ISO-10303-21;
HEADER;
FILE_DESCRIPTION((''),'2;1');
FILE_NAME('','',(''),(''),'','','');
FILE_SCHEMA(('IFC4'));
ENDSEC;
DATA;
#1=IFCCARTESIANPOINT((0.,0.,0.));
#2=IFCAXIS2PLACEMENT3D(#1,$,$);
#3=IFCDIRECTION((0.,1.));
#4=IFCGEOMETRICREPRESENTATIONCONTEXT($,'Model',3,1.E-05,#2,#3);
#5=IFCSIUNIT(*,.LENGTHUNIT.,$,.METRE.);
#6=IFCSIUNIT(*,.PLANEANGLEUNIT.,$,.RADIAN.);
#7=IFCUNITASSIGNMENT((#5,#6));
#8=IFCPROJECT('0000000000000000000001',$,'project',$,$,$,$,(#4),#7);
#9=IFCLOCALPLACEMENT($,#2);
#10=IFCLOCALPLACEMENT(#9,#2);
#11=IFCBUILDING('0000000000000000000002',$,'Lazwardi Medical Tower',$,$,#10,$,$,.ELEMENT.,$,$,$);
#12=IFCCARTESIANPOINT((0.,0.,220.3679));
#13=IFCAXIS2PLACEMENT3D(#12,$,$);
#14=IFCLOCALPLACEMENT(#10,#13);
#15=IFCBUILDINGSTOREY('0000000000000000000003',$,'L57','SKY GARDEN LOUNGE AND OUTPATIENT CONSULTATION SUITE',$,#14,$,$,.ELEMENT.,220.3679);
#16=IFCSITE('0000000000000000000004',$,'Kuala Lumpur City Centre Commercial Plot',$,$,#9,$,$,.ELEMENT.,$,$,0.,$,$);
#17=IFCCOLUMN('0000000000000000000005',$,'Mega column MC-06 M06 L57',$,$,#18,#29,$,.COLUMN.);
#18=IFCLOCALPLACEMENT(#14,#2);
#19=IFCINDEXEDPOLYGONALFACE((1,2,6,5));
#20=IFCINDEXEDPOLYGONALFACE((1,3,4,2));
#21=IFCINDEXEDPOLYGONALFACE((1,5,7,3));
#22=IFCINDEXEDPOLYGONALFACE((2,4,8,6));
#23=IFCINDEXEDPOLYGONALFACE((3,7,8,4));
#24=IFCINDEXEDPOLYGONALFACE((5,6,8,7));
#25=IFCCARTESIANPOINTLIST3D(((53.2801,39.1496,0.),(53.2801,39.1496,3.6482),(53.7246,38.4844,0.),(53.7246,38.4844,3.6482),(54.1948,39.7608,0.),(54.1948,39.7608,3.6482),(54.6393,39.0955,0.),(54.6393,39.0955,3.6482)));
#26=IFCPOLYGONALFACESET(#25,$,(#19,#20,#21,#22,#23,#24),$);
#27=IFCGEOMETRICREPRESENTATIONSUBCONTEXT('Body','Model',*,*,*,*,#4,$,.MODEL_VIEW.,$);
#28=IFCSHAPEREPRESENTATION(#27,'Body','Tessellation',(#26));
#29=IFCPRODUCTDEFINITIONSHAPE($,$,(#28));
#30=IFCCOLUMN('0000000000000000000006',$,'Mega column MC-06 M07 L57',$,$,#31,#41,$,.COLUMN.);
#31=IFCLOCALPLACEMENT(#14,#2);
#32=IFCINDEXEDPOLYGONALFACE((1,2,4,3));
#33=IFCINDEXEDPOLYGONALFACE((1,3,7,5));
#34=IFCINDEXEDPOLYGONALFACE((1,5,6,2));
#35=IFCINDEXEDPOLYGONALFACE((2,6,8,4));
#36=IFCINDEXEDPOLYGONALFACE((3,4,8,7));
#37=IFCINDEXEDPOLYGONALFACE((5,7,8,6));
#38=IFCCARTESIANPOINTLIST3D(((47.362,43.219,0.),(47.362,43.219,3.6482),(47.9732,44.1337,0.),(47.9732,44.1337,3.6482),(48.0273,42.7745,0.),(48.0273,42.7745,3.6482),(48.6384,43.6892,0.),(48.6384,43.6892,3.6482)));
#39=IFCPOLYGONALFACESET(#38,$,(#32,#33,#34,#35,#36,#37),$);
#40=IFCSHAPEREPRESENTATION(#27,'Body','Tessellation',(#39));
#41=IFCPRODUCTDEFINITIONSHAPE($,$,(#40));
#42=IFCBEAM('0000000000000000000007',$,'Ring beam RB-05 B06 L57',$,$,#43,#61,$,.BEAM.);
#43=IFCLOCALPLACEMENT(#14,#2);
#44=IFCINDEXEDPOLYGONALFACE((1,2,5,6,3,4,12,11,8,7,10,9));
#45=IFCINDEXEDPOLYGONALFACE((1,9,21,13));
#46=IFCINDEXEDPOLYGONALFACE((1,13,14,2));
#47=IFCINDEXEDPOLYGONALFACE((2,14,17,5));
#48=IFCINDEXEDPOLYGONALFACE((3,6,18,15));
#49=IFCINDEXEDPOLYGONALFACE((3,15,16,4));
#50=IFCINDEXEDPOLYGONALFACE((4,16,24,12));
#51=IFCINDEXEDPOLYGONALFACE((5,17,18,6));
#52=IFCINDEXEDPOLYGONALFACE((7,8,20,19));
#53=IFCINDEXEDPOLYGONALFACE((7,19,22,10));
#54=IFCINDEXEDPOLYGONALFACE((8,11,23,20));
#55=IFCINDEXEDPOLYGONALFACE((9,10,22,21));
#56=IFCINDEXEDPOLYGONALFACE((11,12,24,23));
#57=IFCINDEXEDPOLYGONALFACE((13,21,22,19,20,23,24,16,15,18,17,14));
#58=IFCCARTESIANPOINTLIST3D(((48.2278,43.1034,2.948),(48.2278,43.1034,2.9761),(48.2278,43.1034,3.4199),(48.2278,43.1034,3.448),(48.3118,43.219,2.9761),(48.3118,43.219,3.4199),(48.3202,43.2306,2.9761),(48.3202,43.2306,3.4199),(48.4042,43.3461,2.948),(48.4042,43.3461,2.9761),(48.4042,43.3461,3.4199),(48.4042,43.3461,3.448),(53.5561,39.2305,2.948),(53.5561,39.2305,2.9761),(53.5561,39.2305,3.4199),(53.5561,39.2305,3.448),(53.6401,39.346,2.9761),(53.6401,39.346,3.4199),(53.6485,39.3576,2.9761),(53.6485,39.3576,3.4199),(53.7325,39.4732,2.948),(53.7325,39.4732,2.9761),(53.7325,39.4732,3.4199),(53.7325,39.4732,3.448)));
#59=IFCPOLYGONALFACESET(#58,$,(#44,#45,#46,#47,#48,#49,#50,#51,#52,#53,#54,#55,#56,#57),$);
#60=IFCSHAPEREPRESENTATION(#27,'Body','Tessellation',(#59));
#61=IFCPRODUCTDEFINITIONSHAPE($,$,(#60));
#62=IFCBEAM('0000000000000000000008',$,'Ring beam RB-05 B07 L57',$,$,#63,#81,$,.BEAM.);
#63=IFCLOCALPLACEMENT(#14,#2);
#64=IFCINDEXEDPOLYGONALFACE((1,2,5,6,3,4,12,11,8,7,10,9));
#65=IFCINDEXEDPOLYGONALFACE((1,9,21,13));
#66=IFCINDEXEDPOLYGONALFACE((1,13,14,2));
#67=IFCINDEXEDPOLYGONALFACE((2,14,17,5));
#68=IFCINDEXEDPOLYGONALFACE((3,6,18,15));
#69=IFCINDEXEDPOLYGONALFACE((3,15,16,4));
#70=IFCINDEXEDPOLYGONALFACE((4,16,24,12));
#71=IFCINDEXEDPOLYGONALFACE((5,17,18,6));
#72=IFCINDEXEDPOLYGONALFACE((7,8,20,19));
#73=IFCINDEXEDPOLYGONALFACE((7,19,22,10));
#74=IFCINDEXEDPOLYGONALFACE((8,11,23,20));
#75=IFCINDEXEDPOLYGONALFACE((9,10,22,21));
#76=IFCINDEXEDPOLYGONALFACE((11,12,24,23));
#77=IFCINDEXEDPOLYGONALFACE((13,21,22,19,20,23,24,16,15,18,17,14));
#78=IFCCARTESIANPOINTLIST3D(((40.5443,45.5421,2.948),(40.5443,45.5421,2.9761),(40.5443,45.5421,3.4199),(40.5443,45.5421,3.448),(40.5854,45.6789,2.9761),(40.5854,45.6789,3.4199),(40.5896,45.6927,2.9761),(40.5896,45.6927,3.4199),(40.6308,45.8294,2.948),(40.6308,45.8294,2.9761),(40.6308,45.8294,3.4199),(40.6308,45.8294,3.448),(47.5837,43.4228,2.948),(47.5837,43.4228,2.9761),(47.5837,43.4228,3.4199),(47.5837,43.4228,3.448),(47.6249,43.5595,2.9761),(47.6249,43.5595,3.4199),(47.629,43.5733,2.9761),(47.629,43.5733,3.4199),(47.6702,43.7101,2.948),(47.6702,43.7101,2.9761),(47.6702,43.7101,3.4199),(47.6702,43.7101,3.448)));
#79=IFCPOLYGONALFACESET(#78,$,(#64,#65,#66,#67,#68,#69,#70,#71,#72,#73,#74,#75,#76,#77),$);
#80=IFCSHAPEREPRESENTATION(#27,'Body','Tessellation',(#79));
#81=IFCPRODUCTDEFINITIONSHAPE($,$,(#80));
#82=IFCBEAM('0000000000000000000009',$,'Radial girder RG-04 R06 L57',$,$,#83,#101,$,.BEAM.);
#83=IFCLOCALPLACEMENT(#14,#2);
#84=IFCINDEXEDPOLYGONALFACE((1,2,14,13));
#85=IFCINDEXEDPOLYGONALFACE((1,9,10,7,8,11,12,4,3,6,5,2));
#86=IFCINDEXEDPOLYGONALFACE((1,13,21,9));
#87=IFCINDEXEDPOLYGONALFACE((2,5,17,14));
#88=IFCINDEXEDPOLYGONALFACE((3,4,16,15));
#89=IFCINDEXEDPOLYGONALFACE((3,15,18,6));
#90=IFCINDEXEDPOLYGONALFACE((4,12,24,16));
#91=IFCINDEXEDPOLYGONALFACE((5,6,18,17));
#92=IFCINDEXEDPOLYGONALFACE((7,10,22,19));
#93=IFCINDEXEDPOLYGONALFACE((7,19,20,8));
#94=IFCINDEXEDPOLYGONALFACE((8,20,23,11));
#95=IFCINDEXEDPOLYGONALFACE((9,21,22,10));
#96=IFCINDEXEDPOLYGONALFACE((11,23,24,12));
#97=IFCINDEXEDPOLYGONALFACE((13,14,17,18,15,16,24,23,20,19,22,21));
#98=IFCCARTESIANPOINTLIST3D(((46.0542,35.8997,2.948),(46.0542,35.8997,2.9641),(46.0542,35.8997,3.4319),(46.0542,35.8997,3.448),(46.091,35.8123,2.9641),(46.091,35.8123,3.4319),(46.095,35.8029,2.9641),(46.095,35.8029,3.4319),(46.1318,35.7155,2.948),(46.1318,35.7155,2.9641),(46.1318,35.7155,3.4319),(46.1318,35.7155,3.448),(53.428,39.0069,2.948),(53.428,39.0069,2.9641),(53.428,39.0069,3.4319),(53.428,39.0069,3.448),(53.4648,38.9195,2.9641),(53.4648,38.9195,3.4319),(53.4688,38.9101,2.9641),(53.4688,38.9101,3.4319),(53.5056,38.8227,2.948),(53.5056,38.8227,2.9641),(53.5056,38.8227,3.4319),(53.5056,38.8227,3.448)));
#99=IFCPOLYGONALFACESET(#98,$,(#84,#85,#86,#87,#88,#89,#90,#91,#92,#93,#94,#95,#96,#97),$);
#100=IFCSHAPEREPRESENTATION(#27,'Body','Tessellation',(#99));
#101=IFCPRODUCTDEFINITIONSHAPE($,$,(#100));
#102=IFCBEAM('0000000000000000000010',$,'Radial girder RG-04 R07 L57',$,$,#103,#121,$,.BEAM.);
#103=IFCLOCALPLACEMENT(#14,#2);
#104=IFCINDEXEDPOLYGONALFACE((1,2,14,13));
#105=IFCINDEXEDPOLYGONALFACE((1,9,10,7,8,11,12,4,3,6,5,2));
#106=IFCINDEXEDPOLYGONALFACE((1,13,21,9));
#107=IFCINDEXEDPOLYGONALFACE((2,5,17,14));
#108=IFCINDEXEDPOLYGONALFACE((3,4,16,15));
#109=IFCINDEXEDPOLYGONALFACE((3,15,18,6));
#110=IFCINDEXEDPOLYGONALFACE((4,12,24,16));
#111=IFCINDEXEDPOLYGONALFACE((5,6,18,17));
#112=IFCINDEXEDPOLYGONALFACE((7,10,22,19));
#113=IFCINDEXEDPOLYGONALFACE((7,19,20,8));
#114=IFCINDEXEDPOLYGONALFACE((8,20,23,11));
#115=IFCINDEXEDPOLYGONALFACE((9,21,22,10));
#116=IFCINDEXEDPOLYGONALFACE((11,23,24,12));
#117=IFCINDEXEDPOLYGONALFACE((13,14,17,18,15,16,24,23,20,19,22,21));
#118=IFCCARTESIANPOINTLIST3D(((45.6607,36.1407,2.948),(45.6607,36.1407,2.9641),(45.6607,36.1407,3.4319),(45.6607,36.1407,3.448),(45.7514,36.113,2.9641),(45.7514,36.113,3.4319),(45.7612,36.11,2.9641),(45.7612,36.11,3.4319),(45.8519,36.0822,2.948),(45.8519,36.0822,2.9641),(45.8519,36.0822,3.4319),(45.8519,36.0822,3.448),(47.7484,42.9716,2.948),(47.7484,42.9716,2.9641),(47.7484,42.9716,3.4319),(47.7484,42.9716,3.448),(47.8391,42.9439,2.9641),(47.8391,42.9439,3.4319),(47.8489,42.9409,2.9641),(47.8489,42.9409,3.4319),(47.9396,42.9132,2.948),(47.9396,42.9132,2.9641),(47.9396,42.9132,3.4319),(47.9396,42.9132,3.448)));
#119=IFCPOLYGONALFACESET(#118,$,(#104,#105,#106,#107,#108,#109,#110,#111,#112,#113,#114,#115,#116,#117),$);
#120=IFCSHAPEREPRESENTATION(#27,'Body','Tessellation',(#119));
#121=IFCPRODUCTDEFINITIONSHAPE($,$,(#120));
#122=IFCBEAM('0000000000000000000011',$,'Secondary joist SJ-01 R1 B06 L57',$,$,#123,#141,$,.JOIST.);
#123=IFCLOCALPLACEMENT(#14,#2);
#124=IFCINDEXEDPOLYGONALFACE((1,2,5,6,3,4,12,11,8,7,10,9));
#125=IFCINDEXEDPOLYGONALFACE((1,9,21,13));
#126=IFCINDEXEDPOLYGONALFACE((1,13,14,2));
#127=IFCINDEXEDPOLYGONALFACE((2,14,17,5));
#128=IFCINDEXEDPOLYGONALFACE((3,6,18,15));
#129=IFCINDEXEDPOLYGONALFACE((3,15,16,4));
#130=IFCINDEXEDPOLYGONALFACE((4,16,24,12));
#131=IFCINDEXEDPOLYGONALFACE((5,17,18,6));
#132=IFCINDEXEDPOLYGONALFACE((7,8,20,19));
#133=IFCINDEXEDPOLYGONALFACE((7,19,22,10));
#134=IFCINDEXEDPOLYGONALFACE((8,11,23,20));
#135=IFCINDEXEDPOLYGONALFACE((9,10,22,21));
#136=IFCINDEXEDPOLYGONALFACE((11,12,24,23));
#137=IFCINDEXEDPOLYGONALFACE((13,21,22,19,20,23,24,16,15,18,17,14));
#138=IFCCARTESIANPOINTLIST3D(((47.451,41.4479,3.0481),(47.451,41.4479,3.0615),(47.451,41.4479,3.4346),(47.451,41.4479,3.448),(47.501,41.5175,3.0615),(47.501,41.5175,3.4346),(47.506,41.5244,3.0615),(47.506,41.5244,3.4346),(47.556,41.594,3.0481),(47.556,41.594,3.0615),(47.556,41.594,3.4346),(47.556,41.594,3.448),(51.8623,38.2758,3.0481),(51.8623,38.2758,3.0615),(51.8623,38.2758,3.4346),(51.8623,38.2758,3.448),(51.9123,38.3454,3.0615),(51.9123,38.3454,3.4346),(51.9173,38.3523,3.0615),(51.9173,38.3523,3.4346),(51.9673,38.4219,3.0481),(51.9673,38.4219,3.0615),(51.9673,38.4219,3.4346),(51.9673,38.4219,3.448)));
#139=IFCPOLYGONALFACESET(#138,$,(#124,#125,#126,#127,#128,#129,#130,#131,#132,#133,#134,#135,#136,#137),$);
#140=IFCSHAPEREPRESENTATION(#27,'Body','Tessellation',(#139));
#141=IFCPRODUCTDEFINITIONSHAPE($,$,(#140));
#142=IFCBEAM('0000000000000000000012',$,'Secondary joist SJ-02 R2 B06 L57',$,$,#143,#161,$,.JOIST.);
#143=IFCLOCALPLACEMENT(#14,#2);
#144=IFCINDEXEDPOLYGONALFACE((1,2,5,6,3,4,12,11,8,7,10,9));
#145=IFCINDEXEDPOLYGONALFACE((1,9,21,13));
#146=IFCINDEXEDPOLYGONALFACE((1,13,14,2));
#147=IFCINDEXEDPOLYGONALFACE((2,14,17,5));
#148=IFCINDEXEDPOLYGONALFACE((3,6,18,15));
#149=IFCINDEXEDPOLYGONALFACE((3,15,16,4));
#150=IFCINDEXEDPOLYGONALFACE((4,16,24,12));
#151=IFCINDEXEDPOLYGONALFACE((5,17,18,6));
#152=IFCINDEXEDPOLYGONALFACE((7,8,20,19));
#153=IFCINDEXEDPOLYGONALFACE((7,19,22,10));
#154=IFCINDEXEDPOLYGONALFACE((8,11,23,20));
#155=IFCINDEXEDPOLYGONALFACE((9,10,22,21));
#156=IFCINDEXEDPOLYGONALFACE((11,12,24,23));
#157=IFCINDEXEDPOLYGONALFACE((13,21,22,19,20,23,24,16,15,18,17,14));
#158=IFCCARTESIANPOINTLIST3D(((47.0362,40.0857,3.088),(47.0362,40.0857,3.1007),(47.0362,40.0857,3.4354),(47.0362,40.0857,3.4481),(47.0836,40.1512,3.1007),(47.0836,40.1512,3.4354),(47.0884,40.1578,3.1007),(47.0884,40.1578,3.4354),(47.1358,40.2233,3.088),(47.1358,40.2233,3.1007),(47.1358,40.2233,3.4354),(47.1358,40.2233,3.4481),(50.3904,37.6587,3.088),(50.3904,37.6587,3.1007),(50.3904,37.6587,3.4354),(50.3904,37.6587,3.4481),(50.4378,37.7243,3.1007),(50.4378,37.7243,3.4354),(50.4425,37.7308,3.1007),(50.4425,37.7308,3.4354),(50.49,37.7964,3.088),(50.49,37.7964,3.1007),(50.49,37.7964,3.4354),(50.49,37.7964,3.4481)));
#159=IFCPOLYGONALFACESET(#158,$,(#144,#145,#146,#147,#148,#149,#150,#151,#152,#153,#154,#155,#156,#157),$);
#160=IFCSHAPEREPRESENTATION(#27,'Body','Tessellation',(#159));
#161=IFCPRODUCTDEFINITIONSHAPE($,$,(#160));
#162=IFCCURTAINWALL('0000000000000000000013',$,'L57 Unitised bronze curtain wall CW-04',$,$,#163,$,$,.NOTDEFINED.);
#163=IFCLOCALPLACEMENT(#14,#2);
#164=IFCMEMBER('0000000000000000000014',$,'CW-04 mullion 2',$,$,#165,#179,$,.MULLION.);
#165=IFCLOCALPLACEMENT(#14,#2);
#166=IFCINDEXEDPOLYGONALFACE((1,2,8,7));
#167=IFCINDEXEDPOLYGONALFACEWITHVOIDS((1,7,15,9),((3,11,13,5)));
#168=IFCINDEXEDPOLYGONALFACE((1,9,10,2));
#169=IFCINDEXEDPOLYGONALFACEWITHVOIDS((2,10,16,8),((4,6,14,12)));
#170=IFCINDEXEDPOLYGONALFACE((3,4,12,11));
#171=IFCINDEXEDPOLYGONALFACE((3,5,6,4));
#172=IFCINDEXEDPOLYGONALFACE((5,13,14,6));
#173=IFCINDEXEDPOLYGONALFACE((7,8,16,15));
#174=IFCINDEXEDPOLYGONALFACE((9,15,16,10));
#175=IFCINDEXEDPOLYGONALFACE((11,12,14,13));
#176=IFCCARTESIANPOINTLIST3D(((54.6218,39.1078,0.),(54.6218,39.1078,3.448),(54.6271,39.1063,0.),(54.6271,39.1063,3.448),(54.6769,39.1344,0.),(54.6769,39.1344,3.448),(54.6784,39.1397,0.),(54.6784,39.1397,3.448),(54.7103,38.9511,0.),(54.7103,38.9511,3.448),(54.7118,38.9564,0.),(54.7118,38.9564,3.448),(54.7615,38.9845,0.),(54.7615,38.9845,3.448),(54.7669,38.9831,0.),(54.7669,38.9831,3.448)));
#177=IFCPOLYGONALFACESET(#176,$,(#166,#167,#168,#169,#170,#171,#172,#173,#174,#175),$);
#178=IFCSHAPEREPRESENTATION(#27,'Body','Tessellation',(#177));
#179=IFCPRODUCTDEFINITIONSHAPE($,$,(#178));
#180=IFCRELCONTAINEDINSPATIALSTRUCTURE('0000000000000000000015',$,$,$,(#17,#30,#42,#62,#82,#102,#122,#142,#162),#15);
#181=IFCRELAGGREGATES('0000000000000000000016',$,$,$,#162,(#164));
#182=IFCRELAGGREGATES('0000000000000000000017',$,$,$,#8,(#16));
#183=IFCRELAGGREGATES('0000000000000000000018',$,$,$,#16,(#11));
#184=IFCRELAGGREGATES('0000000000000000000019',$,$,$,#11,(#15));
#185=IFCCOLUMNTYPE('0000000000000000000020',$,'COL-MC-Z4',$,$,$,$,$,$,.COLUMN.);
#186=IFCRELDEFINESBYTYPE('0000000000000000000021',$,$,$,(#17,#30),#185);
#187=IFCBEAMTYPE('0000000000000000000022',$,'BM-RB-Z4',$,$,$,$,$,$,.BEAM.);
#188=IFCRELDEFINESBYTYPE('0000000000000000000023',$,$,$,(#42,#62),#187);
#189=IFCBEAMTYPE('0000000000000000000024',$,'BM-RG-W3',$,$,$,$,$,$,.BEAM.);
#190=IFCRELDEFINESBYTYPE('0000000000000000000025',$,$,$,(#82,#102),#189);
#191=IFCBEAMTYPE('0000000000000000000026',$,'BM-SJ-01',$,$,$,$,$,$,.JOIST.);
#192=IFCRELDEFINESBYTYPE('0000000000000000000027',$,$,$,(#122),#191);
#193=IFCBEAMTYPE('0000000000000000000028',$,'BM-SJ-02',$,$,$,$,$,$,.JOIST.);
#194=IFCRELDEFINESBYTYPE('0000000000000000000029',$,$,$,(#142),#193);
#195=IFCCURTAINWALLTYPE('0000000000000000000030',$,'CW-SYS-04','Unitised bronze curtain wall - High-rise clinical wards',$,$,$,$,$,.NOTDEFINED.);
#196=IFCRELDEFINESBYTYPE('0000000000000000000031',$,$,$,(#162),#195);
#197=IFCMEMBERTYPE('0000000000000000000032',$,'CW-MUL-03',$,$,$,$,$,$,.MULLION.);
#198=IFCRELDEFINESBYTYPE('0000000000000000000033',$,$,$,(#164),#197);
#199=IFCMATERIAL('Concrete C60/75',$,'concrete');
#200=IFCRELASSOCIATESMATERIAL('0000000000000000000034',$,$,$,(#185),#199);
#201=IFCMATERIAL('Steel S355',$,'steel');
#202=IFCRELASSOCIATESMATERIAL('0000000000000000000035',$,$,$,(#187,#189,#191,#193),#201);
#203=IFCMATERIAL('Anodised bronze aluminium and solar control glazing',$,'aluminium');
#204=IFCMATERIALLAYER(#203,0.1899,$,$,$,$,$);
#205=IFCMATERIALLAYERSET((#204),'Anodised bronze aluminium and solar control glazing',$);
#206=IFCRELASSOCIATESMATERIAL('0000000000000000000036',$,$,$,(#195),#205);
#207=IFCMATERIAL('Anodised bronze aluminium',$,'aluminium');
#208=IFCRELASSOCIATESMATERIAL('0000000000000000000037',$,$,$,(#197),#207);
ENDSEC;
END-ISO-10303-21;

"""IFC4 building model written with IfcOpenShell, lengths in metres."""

from ifc_helpers import new_model, si_unit, direction, frame, origin, origin_2d, place, context, subcontext, project, spatial, rectangle, hollow_rectangle, i_section, extrude, material, layer, layer_set, material_profile, profile_set, type_object, element, aggregate, save


model = new_model("IFC4")

# Units and contexts
model_context = context("Model", 3, precision=1e-05, world=origin(), true_north=direction((0.0, 1.0)))
body_context = subcontext(model_context, "Body", "Model", "MODEL_VIEW")
ifc_project = project(units=[si_unit("LENGTHUNIT", "METRE"), si_unit("PLANEANGLEUNIT", "RADIAN")], contexts=[model_context])

# Site, building, storey
site_placement = place(None, origin())
site = spatial("IfcSite", under=ifc_project, at=site_placement, Name="Kuala Lumpur City Centre Commercial Plot", CompositionType="ELEMENT", RefElevation=0.0)
building_placement = place(site_placement, origin())
building = spatial("IfcBuilding", under=site, at=building_placement, Name="Lazwardi Medical Tower", CompositionType="ELEMENT")
storey_placement = place(building_placement, frame((0.0, 0.0, 220.3679)))
storey = spatial("IfcBuildingStorey", under=building, at=storey_placement, Name="L57", Description="SKY GARDEN LOUNGE AND OUTPATIENT CONSULTATION SUITE", CompositionType="ELEMENT", Elevation=220.3679)

# Columns
ifc_material_1 = material(Name="Concrete C60/75", Category="concrete")
ifc_material_profile_1 = material_profile(ifc_material_1, rectangle(XDim=1.1001, YDim=0.8, at=origin_2d()), Name="CFT-RECT 1100x800")
ifc_profile_set_1 = profile_set([ifc_material_profile_1], Name="Concrete C60/75")
column_type = type_object("IfcColumnType", Name="COL-MC-Z4", PredefinedType="COLUMN", material=ifc_profile_set_1)
for number, where, z_axis, x_axis, name in (
    (1, (53.9597, 39.1226, 0.0), (0.0, 0.0, 1.0), (0.83147, 0.55557, 0.0), "Mega column MC-06 M06 L57"),
    (2, (48.0002, 43.4541, 0.0), (0.0, 0.0, 1.0), (0.55557, 0.83147, 0.0), "Mega column MC-06 M07 L57"),
):
    element("IfcColumn", number, at=place(storey_placement, frame(where, z_axis=z_axis, x_axis=x_axis)), inside=storey, type_object=column_type, Name=name, PredefinedType="COLUMN", context=body_context, shape_type="SweptSolid", body=[
        extrude(rectangle(XDim=1.1001, YDim=0.8, at=origin_2d()), origin(), (0.0, 0.0, 1.0), 3.6482),
    ])

# Beams
ifc_material_2 = material(Name="Steel S355", Category="steel")
ifc_material_profile_2 = material_profile(ifc_material_2, i_section(OverallWidth=0.3, OverallDepth=0.5, WebThickness=0.0144, FlangeThickness=0.0281, at=origin_2d()), Name="HEB 500")
ifc_profile_set_2 = profile_set([ifc_material_profile_2], Name="Steel S355")
beam_type_1 = type_object("IfcBeamType", Name="BM-RB-Z4", PredefinedType="BEAM", material=ifc_profile_set_2)
beam_1_placement = place(storey_placement, frame((53.6443, 39.3518, 3.198), z_axis=(-0.80889, 0.58796, 0.0), x_axis=(-0.58796, -0.80889, 0.0)))
element("IfcBeam", 3, at=beam_1_placement, inside=storey, type_object=beam_type_1, Name="Ring beam RB-05 B06 L57", PredefinedType="BEAM", context=body_context, shape_type="SweptSolid", body=[
    extrude(i_section(OverallWidth=0.3, OverallDepth=0.5, WebThickness=0.0144, FlangeThickness=0.0281, at=origin_2d()), origin(), (0.0, 0.0, 1.0), 6.5872),
])
beam_2_placement = place(storey_placement, frame((47.627, 43.5664, 3.198), z_axis=(-0.957544, 0.288286, 0.0), x_axis=(-0.288286, -0.957544, 0.0)))
element("IfcBeam", 4, at=beam_2_placement, inside=storey, type_object=beam_type_1, Name="Ring beam RB-05 B07 L57", PredefinedType="BEAM", context=body_context, shape_type="SweptSolid", body=[
    extrude(i_section(OverallWidth=0.3, OverallDepth=0.5, WebThickness=0.0144, FlangeThickness=0.0281, at=origin_2d()), origin(), (0.0, 0.0, 1.0), 7.3516),
])
ifc_material_profile_3 = material_profile(ifc_material_2, i_section(OverallWidth=0.2, OverallDepth=0.5, WebThickness=0.0103, FlangeThickness=0.0161, at=origin_2d()), Name="IPE 500")
ifc_profile_set_3 = profile_set([ifc_material_profile_3], Name="Steel S355")
beam_type_2 = type_object("IfcBeamType", Name="BM-RG-W3", PredefinedType="BEAM", material=ifc_profile_set_3)
beam_3_placement = place(storey_placement, frame((53.4668, 38.9148, 3.198), z_axis=(-0.921527, -0.388315, 0.0), x_axis=(0.388315, -0.921527, 0.0)))
element("IfcBeam", 5, at=beam_3_placement, inside=storey, type_object=beam_type_2, Name="Radial girder RG-04 R06 L57", PredefinedType="BEAM", context=body_context, shape_type="SweptSolid", body=[
    extrude(i_section(OverallWidth=0.2, OverallDepth=0.5, WebThickness=0.0103, FlangeThickness=0.0161, at=origin_2d()), origin(), (0.0, 0.0, 1.0), 8.0017),
])
beam_4_placement = place(storey_placement, frame((47.844, 42.9424, 3.198), z_axis=(-0.292277, -0.956334, 0.0), x_axis=(0.956334, -0.292277, 0.0)))
element("IfcBeam", 6, at=beam_4_placement, inside=storey, type_object=beam_type_2, Name="Radial girder RG-04 R07 L57", PredefinedType="BEAM", context=body_context, shape_type="SweptSolid", body=[
    extrude(i_section(OverallWidth=0.2, OverallDepth=0.5, WebThickness=0.0103, FlangeThickness=0.0161, at=origin_2d()), origin(), (0.0, 0.0, 1.0), 7.1428),
])
ifc_material_profile_4 = material_profile(ifc_material_2, i_section(OverallWidth=0.1799, OverallDepth=0.3999, WebThickness=0.0085, FlangeThickness=0.0134, at=origin_2d()), Name="IPE 400")
ifc_profile_set_4 = profile_set([ifc_material_profile_4], Name="Steel S355")
beam_type_3 = type_object("IfcBeamType", Name="BM-SJ-01", PredefinedType="JOIST", material=ifc_profile_set_4)
beam_5_placement = place(storey_placement, frame((51.9148, 38.3489, 3.248), z_axis=(-0.81189, 0.583811, 0.0), x_axis=(-0.583811, -0.81189, 0.0)))
element("IfcBeam", 7, at=beam_5_placement, inside=storey, type_object=beam_type_3, Name="Secondary joist SJ-01 R1 B06 L57", PredefinedType="JOIST", context=body_context, shape_type="SweptSolid", body=[
    extrude(i_section(OverallWidth=0.1799, OverallDepth=0.3999, WebThickness=0.0085, FlangeThickness=0.0134, at=origin_2d()), origin(), (0.0, 0.0, 1.0), 5.4333),
])
ifc_material_profile_5 = material_profile(ifc_material_2, i_section(OverallWidth=0.1699, OverallDepth=0.3601, WebThickness=0.0081, FlangeThickness=0.0127, at=origin_2d()), Name="IPE 360")
ifc_profile_set_5 = profile_set([ifc_material_profile_5], Name="Steel S355")
beam_type_4 = type_object("IfcBeamType", Name="BM-SJ-02", PredefinedType="JOIST", material=ifc_profile_set_5)
beam_6_placement = place(storey_placement, frame((50.4402, 37.7275, 3.2681), z_axis=(-0.810164, 0.586203, 0.0), x_axis=(-0.586203, -0.810164, 0.0)))
element("IfcBeam", 8, at=beam_6_placement, inside=storey, type_object=beam_type_4, Name="Secondary joist SJ-02 R2 B06 L57", PredefinedType="JOIST", context=body_context, shape_type="SweptSolid", body=[
    extrude(i_section(OverallWidth=0.1699, OverallDepth=0.3601, WebThickness=0.0081, FlangeThickness=0.0127, at=origin_2d()), origin(), (0.0, 0.0, 1.0), 4.1401),
])

# Curtain wall, member
ifc_material_3 = material(Name="Anodised bronze aluminium and solar control glazing", Category="aluminium")
ifc_layer_1 = layer(ifc_material_3, 0.1899)
ifc_layer_set_1 = layer_set([ifc_layer_1], Name="Anodised bronze aluminium and solar control glazing")
curtain_wall_type = type_object("IfcCurtainWallType", Name="CW-SYS-04", Description="Unitised bronze curtain wall - High-rise clinical wards", PredefinedType="NOTDEFINED", material=ifc_layer_set_1)
curtain_wall_1_placement = place(storey_placement, origin())
curtain_wall_1 = element("IfcCurtainWall", 9, at=curtain_wall_1_placement, inside=storey, type_object=curtain_wall_type, Name="L57 Unitised bronze curtain wall CW-04", PredefinedType="NOTDEFINED")
ifc_material_4 = material(Name="Anodised bronze aluminium", Category="aluminium")
ifc_material_profile_6 = material_profile(ifc_material_4, hollow_rectangle(XDim=0.0649, YDim=0.1799, WallThickness=0.0039, at=origin_2d()), Name="ALU-MULLION 180x65x4")
ifc_profile_set_6 = profile_set([ifc_material_profile_6], Name="Anodised bronze aluminium")
member_type_1 = type_object("IfcMemberType", Name="CW-MUL-03", PredefinedType="MULLION", material=ifc_profile_set_6)
member_1_placement = place(storey_placement, frame((54.6943, 39.0454, 0.0), z_axis=(0.0, 0.0, 1.0), x_axis=(-0.870651, -0.4919, 0.0)))
member_1 = element("IfcMember", 10, at=member_1_placement, type_object=member_type_1, Name="CW-04 mullion 2", PredefinedType="MULLION", context=body_context, shape_type="SweptSolid", body=[
    extrude(hollow_rectangle(XDim=0.0649, YDim=0.1799, WallThickness=0.0039, at=origin_2d()), origin(), (0.0, 0.0, 1.0), 3.448),
])
aggregate(curtain_wall_1, [member_1])

save(model, "model.ifc")
